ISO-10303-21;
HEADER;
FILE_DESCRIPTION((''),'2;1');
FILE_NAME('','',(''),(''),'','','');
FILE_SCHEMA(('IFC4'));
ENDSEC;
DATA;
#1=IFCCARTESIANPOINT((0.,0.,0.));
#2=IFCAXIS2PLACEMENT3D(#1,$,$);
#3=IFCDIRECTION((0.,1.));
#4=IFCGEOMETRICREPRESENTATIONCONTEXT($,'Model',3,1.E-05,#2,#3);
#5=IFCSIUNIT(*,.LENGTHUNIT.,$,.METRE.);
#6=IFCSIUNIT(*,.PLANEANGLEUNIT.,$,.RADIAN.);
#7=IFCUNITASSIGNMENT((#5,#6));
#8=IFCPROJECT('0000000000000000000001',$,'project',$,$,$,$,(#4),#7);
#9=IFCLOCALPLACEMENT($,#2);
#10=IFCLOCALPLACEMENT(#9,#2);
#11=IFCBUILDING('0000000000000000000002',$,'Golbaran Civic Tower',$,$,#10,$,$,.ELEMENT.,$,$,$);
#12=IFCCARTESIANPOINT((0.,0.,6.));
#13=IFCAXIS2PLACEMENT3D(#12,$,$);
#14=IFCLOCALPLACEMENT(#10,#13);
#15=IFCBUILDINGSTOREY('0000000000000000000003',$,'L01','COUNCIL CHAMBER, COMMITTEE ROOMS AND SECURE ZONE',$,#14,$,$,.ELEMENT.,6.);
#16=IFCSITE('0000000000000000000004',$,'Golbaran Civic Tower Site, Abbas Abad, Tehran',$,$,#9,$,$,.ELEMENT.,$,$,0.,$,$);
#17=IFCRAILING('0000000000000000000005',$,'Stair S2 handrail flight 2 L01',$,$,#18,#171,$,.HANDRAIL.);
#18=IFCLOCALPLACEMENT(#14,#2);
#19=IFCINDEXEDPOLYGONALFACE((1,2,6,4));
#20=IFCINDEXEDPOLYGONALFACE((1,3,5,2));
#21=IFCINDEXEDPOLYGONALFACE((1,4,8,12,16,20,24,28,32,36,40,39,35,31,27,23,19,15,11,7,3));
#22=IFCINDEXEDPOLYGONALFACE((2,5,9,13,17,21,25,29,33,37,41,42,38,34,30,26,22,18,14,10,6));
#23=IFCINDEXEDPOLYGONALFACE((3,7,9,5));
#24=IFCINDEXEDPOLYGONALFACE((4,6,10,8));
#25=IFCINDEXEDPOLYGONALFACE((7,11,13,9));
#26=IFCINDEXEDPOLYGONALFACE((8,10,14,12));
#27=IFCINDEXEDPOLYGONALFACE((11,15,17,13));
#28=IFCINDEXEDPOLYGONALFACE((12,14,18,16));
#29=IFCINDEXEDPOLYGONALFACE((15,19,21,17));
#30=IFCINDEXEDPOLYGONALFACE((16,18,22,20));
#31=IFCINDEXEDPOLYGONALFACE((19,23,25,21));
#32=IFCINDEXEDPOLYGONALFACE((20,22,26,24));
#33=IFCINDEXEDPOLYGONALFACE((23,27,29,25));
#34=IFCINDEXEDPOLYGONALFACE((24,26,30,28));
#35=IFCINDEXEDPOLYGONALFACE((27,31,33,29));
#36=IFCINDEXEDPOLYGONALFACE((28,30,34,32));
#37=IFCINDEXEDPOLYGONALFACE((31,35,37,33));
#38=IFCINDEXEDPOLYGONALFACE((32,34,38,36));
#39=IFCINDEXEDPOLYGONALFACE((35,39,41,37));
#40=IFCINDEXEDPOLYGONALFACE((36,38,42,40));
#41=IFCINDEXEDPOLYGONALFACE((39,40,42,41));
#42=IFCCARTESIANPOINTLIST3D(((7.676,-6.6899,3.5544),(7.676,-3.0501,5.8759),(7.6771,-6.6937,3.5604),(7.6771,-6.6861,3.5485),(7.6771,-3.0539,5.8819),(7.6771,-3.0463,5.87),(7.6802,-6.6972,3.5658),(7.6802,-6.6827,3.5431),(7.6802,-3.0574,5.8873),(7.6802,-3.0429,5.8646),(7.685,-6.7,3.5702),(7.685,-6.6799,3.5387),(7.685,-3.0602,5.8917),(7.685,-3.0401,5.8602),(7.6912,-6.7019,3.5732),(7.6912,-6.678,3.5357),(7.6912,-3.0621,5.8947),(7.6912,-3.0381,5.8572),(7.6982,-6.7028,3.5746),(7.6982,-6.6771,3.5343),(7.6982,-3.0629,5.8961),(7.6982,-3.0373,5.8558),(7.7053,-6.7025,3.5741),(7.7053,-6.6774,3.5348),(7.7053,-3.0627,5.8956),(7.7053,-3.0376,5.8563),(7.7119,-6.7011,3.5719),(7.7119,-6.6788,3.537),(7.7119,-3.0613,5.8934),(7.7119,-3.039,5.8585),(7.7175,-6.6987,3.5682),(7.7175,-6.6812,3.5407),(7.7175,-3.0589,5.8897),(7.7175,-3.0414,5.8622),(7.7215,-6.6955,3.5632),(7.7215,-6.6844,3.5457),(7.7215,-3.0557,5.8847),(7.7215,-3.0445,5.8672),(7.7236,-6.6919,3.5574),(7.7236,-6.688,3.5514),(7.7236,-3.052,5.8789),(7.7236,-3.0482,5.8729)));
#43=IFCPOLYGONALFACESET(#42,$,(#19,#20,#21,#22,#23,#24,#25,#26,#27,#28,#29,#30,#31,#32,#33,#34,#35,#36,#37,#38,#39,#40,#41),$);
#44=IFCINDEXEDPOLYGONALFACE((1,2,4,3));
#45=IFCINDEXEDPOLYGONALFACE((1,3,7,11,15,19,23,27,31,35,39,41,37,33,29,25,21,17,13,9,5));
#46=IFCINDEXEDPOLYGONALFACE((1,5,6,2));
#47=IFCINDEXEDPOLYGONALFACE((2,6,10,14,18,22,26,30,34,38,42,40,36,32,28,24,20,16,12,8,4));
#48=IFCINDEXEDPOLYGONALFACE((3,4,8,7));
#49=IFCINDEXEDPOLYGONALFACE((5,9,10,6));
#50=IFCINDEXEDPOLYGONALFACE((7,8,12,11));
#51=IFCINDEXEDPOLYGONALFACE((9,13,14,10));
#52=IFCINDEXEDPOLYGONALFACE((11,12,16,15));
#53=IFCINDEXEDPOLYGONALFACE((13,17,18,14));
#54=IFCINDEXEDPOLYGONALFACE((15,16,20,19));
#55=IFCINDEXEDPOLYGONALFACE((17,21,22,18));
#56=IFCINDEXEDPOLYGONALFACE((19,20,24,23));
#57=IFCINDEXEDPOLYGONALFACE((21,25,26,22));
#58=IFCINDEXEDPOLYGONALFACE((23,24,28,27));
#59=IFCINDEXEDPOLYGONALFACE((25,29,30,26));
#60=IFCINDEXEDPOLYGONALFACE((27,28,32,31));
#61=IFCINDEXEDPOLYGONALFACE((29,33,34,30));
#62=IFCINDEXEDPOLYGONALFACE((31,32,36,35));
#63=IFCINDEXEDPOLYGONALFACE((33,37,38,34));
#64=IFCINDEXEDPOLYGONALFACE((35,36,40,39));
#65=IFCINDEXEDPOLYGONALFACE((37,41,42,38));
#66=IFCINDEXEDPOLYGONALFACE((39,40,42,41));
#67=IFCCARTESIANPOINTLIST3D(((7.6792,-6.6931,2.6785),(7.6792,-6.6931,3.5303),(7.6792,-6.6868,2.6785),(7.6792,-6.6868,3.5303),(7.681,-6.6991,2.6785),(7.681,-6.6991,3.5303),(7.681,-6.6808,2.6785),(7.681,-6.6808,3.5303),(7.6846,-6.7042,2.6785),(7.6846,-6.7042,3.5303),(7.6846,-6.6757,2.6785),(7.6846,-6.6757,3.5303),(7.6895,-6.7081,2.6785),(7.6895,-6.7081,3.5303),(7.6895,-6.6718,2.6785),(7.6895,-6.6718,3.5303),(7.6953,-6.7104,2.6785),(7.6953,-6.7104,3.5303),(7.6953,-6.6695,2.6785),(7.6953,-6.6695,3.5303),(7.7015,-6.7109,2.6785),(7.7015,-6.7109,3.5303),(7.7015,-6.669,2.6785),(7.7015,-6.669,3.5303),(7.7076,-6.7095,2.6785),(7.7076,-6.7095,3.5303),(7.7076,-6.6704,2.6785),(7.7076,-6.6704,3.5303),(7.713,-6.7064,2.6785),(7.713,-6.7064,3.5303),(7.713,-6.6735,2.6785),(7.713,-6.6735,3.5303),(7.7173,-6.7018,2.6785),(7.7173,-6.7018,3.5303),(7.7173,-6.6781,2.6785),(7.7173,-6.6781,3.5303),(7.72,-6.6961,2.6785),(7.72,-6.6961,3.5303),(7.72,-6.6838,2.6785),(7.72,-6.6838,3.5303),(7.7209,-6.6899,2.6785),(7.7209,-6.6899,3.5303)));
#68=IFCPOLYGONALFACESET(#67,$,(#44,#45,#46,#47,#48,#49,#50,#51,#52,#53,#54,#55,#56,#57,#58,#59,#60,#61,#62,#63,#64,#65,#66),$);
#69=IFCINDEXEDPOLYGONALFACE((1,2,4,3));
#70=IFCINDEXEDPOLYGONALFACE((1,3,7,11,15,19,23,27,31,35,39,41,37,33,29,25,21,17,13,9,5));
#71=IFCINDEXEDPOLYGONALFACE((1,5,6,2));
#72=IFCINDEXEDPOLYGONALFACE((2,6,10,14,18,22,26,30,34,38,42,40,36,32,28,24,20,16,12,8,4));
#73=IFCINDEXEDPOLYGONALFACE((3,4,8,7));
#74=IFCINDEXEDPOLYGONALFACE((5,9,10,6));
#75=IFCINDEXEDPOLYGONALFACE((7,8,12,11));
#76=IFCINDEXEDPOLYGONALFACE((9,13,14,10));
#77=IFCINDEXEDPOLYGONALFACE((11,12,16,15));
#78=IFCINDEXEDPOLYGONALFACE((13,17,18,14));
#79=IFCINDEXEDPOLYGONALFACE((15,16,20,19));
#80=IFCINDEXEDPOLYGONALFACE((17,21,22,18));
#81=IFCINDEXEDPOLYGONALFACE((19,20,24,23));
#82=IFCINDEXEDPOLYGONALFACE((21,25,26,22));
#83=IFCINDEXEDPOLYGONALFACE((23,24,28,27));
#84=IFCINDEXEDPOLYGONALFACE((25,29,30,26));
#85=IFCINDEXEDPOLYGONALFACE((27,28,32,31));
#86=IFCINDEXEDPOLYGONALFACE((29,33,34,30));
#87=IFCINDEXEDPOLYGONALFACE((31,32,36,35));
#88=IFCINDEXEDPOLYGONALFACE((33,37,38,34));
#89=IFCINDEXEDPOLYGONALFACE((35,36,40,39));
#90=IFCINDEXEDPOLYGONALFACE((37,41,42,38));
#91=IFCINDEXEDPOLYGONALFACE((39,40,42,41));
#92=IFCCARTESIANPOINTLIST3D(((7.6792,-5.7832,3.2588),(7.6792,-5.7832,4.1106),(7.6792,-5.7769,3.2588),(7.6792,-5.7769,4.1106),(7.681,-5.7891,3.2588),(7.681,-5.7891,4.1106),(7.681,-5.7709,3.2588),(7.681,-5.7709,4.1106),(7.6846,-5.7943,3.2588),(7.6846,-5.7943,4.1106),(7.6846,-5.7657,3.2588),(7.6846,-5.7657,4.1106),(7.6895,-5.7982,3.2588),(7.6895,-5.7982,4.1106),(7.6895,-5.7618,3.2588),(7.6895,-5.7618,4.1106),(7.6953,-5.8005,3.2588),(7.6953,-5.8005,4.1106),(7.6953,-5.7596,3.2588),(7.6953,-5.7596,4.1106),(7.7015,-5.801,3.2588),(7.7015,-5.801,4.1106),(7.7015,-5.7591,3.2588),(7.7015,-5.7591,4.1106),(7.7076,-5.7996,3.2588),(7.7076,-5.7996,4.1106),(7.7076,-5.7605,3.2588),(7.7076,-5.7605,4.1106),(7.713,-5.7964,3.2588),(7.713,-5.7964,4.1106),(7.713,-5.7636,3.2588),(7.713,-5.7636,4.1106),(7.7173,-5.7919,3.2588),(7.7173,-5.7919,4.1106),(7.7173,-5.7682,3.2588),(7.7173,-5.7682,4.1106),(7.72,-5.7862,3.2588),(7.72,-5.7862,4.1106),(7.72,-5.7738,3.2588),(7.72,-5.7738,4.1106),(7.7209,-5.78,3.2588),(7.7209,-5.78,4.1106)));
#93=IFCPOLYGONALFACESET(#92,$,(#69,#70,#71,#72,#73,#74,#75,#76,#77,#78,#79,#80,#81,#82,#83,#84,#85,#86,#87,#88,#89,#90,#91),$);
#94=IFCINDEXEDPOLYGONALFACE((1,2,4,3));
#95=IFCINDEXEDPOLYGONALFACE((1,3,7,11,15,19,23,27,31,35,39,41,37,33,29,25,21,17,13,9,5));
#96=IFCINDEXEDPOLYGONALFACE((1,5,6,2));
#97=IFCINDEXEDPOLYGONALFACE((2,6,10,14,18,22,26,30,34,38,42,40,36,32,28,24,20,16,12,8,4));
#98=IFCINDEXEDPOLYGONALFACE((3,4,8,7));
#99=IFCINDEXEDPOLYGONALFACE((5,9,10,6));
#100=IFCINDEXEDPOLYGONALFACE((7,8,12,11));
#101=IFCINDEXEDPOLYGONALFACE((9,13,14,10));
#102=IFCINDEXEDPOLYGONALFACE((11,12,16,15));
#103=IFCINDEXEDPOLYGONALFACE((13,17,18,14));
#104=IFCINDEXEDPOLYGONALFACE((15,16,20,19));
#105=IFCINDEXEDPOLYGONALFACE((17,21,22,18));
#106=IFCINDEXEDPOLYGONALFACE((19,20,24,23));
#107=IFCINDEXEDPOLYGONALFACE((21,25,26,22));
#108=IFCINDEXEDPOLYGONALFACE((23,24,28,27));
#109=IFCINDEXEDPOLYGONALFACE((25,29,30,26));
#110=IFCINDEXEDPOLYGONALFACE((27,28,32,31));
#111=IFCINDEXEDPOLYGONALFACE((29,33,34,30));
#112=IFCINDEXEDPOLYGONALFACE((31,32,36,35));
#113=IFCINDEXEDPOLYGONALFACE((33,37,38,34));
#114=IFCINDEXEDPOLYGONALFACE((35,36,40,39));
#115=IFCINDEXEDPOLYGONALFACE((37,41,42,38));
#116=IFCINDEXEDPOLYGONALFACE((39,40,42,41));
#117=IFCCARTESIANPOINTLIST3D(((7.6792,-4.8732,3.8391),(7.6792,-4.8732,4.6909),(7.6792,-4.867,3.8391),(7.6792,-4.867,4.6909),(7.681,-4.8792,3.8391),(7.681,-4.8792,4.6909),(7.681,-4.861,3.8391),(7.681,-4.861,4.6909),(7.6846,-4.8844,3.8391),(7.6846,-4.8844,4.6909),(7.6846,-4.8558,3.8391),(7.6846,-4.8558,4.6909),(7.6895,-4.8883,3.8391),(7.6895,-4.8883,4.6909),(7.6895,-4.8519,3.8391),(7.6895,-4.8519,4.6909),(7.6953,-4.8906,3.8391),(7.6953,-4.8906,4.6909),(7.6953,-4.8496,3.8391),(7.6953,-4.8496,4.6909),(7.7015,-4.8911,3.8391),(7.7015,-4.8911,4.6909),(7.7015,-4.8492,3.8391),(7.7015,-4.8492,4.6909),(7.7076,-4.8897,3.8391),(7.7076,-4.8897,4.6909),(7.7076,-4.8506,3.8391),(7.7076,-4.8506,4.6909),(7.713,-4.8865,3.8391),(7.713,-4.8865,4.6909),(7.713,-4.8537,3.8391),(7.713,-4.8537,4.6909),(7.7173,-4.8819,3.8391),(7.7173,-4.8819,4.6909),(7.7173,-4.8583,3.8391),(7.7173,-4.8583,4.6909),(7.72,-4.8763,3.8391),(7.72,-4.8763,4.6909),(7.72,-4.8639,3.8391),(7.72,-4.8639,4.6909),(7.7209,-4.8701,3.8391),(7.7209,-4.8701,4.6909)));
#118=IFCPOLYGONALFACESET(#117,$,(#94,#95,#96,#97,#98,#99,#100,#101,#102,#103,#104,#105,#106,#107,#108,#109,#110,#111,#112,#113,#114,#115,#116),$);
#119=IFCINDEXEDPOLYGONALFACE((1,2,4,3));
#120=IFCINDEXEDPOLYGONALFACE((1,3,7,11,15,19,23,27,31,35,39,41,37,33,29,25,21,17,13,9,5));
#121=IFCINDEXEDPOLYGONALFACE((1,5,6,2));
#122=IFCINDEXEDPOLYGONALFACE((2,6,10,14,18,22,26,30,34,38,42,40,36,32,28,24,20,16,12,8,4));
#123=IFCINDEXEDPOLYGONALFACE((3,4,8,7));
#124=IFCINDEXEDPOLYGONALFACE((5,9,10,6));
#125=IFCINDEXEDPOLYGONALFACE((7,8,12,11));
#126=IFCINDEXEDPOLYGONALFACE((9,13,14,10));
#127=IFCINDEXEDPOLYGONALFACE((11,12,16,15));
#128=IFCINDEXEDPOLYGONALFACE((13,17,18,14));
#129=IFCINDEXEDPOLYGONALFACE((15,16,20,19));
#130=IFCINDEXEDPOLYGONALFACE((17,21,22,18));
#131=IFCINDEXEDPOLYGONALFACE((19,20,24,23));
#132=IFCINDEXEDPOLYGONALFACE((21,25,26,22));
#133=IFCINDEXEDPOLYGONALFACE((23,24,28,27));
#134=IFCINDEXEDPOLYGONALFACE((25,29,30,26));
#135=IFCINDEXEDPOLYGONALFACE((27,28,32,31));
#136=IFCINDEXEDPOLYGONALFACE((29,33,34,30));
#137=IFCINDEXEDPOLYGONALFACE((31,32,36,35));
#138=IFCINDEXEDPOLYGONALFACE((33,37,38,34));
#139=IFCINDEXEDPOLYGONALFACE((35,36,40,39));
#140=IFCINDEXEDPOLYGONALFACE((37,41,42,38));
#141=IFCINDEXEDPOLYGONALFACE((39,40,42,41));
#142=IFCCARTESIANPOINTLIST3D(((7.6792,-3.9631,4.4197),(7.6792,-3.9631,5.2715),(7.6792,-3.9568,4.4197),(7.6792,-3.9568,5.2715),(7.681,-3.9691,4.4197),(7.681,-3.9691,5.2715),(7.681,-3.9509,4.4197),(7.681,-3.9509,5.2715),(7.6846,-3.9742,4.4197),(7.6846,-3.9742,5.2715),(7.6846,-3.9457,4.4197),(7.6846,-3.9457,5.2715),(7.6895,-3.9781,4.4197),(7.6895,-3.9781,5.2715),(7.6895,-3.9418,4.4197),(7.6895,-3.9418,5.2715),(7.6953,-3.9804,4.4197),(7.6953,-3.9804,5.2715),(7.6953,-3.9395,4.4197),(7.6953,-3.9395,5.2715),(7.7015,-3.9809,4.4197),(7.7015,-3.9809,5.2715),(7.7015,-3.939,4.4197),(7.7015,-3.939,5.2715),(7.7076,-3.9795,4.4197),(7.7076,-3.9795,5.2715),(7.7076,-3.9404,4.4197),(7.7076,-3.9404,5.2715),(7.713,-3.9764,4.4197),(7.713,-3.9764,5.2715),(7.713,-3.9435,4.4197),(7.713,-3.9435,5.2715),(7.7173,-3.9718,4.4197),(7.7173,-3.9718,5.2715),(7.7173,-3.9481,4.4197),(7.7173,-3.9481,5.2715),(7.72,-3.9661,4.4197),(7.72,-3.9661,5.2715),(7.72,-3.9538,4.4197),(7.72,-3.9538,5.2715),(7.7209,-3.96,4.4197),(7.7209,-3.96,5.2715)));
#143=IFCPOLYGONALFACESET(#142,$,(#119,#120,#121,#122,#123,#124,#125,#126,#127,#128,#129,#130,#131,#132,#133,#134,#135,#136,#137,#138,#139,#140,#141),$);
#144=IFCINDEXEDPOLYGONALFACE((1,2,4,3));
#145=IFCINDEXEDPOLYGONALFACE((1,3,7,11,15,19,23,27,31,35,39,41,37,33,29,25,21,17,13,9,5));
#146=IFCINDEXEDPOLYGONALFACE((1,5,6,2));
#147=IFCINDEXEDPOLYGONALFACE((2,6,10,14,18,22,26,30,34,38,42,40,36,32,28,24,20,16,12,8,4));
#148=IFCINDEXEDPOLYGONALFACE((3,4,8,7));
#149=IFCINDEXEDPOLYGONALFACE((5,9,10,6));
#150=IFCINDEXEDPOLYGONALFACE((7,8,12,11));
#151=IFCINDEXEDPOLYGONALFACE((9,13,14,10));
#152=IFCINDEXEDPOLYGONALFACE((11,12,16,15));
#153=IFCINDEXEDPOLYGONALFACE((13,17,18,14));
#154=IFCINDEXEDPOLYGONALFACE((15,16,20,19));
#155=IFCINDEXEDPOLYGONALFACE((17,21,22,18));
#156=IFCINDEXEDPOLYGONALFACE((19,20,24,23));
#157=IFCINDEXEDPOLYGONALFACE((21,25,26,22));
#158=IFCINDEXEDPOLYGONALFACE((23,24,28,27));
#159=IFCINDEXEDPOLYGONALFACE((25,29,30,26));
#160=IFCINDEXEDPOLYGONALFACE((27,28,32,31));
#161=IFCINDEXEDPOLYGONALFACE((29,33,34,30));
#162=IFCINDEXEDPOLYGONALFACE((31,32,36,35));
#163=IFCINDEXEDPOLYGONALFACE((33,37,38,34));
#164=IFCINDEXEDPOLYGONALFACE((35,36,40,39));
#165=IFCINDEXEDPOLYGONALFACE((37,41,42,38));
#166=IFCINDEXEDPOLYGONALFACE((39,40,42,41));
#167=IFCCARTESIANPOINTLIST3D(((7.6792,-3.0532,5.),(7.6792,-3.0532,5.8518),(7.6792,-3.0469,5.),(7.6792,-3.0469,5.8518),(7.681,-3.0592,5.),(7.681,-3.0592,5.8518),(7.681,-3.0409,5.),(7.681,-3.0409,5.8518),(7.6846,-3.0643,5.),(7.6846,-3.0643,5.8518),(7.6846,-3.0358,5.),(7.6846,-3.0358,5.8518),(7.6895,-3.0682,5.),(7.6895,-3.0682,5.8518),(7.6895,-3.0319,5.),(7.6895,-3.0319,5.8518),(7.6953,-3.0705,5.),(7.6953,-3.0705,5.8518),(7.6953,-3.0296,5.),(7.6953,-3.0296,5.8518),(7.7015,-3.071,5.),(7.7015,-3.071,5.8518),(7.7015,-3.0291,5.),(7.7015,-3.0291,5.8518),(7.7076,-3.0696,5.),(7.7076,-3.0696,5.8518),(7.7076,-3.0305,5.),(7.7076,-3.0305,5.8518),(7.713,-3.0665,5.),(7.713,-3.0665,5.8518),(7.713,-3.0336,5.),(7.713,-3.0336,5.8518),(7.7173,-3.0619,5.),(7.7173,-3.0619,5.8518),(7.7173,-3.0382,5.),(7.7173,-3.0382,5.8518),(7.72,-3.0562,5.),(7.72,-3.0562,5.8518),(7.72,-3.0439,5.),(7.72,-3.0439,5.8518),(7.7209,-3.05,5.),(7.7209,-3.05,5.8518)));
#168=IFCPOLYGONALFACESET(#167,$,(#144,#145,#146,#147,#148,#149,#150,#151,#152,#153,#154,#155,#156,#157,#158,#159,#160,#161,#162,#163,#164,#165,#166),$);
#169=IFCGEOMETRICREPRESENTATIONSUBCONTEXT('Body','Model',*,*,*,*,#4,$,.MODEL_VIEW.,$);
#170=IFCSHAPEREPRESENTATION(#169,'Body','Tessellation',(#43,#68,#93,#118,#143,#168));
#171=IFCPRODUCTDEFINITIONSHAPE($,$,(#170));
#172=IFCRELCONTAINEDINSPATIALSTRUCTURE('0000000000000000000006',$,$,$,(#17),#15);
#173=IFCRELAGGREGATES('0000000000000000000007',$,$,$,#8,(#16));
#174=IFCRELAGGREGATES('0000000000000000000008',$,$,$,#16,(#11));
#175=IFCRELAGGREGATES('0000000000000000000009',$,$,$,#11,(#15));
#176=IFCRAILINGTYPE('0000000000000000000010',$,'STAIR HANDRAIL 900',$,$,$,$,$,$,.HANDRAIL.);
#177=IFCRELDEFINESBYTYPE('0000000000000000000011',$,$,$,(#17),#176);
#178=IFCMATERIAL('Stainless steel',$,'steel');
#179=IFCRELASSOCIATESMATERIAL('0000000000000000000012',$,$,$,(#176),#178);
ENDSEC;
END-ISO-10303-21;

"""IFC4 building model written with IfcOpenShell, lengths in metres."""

from ifc_helpers import new_model, si_unit, direction, frame, origin, origin_2d, place, context, subcontext, project, spatial, circle, extrude, material, type_object, element, save


model = new_model("IFC4")

# Units and contexts
model_context = context("Model", 3, precision=1e-05, world=origin(), true_north=direction((0.0, 1.0)))
body_context = subcontext(model_context, "Body", "Model", "MODEL_VIEW")
ifc_project = project(units=[si_unit("LENGTHUNIT", "METRE"), si_unit("PLANEANGLEUNIT", "RADIAN")], contexts=[model_context])

# Site, building, storey
site_placement = place(None, origin())
site = spatial("IfcSite", under=ifc_project, at=site_placement, Name="Golbaran Civic Tower Site, Abbas Abad, Tehran", CompositionType="ELEMENT", RefElevation=0.0)
building_placement = place(site_placement, origin())
building = spatial("IfcBuilding", under=site, at=building_placement, Name="Golbaran Civic Tower", CompositionType="ELEMENT")
storey_placement = place(building_placement, frame((0.0, 0.0, 6.0)))
storey = spatial("IfcBuildingStorey", under=building, at=storey_placement, Name="L01", Description="COUNCIL CHAMBER, COMMITTEE ROOMS AND SECURE ZONE", CompositionType="ELEMENT", Elevation=6.0)

# Shared definitions
ifc_material_1 = material(Name="Stainless steel", Category="steel")

# Railing
railing_type = type_object("IfcRailingType", Name="STAIR HANDRAIL 900", PredefinedType="HANDRAIL", material=ifc_material_1)
railing_1_placement = place(storey_placement, frame((7.7, -6.6899, 2.6785)))
element("IfcRailing", 1, at=railing_1_placement, inside=storey, type_object=railing_type, Name="Stair S2 handrail flight 2 L01", PredefinedType="HANDRAIL", context=body_context, shape_type="SweptSolid", body=[
    extrude(circle(Radius=0.0239, at=origin_2d()), frame((0.0, 0.0, 0.876), z_axis=(0.0, 0.843112, 0.537739), x_axis=(-1.0, 0.0, 0.0)), (0.0, 0.0, 1.0), 4.3171),
    extrude(circle(Radius=0.021, at=origin_2d()), origin(), (0.0, 0.0, 1.0), 0.8518),
    extrude(circle(Radius=0.021, at=origin_2d()), frame((0.0, 0.9099, 0.5803)), (0.0, 0.0, 1.0), 0.8518),
    extrude(circle(Radius=0.021, at=origin_2d()), frame((0.0, 1.8198, 1.1606)), (0.0, 0.0, 1.0), 0.8518),
    extrude(circle(Radius=0.021, at=origin_2d()), frame((0.0, 2.73, 1.7412)), (0.0, 0.0, 1.0), 0.8518),
    extrude(circle(Radius=0.021, at=origin_2d()), frame((0.0, 3.6399, 2.3215)), (0.0, 0.0, 1.0), 0.8518),
])

save(model, "model.ifc")
